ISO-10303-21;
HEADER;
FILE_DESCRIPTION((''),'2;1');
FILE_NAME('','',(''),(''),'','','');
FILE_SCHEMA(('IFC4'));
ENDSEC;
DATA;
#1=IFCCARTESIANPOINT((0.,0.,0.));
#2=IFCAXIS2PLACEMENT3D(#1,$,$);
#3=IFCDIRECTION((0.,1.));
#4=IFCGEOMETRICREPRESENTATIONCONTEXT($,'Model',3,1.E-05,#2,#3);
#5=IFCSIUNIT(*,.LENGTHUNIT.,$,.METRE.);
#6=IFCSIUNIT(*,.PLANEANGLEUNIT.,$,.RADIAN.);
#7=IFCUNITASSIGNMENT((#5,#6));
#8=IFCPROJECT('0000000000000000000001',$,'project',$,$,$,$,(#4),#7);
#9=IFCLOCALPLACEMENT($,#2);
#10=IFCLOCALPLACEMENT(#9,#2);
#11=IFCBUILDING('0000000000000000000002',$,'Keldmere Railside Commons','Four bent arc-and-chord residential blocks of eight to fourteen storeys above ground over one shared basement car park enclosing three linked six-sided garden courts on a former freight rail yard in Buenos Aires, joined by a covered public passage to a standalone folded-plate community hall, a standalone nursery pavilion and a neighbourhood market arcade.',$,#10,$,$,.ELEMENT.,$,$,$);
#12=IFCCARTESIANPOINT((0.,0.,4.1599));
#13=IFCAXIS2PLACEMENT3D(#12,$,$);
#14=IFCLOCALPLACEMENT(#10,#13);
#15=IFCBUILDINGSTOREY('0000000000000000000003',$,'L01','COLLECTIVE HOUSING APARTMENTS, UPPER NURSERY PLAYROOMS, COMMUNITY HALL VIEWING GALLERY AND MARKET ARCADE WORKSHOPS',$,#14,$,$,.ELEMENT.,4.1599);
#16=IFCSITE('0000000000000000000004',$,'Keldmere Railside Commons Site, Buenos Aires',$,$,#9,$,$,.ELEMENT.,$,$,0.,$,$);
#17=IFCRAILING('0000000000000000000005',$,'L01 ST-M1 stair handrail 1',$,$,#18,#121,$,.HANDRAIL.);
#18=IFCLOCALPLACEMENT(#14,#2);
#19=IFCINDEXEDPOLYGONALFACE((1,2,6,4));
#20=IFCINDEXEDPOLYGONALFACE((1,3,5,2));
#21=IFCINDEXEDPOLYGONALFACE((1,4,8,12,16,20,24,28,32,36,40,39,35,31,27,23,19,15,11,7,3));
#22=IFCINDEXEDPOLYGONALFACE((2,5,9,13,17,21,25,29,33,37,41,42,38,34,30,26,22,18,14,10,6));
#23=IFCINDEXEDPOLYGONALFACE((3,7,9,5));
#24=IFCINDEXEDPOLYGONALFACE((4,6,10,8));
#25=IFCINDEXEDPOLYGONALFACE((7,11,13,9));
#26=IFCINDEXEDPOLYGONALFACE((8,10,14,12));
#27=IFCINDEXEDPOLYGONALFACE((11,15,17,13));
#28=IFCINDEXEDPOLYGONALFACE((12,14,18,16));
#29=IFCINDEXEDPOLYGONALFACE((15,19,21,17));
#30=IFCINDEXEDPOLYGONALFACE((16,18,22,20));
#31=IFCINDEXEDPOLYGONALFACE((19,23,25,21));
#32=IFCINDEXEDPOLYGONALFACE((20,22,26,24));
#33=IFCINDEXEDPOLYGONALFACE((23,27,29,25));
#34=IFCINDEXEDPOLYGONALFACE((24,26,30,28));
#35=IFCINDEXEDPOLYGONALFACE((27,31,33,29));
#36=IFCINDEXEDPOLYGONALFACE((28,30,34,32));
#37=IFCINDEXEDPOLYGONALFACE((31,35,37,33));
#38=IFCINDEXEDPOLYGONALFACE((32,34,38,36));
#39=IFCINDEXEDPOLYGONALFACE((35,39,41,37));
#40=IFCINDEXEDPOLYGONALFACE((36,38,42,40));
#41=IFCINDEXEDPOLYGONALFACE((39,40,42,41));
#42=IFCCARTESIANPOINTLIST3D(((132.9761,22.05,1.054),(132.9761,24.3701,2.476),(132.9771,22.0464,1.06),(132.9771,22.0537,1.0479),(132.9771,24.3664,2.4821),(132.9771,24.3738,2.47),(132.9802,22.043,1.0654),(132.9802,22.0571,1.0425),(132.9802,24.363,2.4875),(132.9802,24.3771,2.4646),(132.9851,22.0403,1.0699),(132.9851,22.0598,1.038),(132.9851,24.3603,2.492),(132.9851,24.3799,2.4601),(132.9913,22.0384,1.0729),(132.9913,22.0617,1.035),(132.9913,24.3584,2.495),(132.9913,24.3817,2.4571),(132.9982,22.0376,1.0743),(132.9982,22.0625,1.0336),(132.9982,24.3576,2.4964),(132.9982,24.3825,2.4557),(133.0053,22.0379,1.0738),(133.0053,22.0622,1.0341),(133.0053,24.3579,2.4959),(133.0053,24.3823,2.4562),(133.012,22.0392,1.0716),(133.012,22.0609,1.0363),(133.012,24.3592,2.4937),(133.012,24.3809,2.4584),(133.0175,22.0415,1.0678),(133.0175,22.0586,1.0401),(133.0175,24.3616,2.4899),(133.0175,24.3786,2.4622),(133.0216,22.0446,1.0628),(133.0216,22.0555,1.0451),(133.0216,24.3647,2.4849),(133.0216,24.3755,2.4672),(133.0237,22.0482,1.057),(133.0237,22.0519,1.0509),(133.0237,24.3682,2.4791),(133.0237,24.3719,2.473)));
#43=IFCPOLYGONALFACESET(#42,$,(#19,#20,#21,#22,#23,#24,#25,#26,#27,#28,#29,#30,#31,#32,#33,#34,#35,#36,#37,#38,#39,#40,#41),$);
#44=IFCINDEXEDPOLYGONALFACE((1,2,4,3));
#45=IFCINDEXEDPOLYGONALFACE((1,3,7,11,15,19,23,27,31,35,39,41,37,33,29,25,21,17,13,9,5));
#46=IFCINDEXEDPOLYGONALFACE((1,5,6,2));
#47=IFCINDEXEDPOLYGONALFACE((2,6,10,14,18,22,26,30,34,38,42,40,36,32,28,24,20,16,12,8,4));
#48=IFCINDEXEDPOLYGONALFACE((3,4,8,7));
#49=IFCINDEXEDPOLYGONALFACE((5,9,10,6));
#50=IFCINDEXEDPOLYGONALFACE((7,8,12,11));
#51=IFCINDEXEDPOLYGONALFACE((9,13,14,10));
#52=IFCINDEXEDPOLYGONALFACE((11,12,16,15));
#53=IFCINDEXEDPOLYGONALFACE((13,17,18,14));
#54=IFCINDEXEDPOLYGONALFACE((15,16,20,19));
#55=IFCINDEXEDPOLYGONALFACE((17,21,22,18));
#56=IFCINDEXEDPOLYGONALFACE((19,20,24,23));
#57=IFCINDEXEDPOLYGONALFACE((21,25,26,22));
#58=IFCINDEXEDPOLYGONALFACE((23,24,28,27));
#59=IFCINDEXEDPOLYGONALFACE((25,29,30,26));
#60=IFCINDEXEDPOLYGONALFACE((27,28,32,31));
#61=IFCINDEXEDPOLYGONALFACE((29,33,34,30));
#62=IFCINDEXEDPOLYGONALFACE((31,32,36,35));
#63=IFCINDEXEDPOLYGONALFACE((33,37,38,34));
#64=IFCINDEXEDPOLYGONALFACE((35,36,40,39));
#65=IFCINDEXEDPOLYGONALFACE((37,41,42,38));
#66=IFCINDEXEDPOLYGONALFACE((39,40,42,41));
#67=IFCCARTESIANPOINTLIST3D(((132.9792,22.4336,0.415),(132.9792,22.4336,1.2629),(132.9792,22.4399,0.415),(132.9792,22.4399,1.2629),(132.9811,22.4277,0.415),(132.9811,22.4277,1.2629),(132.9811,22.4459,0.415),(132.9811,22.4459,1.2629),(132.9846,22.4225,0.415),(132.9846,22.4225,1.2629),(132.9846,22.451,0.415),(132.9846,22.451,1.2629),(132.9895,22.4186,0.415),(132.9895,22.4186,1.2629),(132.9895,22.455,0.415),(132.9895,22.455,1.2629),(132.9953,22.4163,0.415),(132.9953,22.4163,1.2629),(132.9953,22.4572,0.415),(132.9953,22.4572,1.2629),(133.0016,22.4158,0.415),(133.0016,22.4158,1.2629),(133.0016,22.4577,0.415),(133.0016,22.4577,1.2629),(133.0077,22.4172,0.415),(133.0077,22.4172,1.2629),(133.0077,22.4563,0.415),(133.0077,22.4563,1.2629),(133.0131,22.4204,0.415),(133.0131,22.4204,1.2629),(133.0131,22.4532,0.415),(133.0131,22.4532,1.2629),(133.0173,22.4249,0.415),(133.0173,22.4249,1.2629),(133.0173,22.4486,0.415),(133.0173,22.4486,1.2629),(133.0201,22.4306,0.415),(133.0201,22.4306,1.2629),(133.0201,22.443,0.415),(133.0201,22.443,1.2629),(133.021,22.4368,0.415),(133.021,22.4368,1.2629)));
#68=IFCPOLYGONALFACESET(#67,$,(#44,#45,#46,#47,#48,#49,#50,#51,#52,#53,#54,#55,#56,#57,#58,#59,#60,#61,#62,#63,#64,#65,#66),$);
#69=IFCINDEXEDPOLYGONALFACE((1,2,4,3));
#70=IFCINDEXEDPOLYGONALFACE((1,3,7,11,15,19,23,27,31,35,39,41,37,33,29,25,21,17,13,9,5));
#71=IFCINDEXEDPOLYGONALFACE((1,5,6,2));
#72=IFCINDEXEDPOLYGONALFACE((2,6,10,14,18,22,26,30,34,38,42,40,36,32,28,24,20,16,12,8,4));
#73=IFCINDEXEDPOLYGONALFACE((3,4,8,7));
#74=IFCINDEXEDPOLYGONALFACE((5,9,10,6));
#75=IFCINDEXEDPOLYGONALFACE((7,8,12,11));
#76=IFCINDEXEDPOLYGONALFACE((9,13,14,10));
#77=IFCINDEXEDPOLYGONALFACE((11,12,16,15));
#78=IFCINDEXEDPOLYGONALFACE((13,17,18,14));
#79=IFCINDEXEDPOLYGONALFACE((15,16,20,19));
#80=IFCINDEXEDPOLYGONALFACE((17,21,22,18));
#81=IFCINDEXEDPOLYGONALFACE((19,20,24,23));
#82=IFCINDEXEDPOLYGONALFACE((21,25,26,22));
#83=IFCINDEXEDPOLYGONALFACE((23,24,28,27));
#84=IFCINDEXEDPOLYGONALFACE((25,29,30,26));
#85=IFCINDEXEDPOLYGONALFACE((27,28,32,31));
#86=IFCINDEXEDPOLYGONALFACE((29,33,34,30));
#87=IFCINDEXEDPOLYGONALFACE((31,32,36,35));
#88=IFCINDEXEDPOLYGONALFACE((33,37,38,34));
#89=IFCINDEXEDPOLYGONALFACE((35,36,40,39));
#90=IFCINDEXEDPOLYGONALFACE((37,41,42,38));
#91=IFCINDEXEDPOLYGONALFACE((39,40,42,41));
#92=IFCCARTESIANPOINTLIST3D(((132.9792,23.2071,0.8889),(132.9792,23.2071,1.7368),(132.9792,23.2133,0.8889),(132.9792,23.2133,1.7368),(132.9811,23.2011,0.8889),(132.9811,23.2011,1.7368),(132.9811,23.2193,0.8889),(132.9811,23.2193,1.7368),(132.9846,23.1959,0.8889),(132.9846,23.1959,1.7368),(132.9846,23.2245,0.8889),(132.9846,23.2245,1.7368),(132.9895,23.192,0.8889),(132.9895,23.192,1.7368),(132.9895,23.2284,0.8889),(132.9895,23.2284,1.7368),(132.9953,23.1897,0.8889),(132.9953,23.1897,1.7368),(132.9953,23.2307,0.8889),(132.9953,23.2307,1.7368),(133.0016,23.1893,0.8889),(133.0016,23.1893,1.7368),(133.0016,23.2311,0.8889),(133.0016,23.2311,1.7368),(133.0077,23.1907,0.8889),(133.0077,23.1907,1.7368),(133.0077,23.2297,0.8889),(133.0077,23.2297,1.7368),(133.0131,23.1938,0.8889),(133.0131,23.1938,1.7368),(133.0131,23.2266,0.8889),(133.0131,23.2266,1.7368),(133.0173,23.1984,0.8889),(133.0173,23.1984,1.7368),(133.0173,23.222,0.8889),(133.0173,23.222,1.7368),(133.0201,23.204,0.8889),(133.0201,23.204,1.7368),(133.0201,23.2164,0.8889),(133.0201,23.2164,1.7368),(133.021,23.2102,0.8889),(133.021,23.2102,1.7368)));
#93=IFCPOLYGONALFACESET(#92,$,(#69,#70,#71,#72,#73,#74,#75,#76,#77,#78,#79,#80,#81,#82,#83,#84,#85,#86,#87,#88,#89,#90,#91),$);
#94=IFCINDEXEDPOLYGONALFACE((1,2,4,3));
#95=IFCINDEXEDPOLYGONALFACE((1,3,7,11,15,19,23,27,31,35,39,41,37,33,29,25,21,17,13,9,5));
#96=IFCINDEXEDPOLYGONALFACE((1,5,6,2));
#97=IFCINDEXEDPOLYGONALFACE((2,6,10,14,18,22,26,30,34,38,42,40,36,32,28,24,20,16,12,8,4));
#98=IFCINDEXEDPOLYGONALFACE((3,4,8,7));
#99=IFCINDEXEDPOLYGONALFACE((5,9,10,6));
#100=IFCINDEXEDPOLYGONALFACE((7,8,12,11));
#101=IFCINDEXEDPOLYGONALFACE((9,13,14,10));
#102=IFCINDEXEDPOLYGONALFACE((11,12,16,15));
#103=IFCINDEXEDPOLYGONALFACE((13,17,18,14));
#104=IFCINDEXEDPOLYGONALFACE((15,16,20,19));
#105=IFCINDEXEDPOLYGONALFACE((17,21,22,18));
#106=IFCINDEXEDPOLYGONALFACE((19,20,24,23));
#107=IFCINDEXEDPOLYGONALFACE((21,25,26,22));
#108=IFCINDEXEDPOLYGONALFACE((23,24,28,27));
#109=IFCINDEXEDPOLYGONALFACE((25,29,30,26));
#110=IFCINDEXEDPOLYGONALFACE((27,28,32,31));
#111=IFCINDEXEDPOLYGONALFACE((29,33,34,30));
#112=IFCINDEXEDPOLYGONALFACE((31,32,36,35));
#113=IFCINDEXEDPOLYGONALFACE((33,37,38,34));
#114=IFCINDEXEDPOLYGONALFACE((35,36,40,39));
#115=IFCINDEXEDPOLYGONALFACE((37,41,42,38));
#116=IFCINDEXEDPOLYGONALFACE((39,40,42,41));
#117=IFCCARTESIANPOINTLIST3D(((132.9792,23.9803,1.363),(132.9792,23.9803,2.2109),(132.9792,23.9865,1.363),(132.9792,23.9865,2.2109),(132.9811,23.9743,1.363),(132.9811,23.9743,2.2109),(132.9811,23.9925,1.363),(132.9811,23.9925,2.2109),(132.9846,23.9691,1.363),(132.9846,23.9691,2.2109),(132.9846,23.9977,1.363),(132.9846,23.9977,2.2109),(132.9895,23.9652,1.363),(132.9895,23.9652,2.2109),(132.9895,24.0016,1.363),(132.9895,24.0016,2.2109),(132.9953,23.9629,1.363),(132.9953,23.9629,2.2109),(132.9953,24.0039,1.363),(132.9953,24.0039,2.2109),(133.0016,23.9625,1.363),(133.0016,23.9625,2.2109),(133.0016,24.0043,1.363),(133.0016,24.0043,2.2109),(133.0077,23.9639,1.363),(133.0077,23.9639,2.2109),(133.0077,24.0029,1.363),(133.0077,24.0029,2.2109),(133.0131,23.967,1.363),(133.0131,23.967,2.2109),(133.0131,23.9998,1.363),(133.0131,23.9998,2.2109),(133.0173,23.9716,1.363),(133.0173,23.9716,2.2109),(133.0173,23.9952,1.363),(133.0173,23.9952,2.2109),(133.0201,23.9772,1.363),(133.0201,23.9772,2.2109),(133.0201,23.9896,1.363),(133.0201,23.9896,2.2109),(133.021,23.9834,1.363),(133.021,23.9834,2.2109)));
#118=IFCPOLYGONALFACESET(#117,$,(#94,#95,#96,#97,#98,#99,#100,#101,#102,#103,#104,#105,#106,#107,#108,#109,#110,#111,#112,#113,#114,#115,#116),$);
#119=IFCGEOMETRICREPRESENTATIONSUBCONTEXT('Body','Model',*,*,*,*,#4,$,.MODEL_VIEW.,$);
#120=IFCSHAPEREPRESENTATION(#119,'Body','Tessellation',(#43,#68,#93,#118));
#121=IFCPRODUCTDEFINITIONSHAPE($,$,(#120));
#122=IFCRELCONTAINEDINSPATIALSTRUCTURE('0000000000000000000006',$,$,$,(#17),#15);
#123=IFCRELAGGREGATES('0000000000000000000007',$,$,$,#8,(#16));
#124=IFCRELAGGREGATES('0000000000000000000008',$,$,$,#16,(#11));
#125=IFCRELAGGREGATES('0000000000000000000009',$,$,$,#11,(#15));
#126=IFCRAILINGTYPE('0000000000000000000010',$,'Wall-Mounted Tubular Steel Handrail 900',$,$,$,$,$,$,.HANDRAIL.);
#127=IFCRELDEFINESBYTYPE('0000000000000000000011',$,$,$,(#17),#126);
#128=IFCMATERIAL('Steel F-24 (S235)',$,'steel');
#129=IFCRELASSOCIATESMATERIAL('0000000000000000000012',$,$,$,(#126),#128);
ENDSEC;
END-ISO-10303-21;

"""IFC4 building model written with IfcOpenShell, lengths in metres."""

from ifc_helpers import new_model, si_unit, direction, frame, origin, origin_2d, place, context, subcontext, project, spatial, circle, extrude, material, type_object, element, save


model = new_model("IFC4")

# Units and contexts
model_context = context("Model", 3, precision=1e-05, world=origin(), true_north=direction((0.0, 1.0)))
body_context = subcontext(model_context, "Body", "Model", "MODEL_VIEW")
ifc_project = project(units=[si_unit("LENGTHUNIT", "METRE"), si_unit("PLANEANGLEUNIT", "RADIAN")], contexts=[model_context])

# Site, building, storey
site_placement = place(None, origin())
site = spatial("IfcSite", under=ifc_project, at=site_placement, Name="Keldmere Railside Commons Site, Buenos Aires", CompositionType="ELEMENT", RefElevation=0.0)
building_placement = place(site_placement, origin())
building = spatial("IfcBuilding", under=site, at=building_placement, Name="Keldmere Railside Commons", Description="Four bent arc-and-chord residential blocks of eight to fourteen storeys above ground over one shared basement car park enclosing three linked six-sided garden courts on a former freight rail yard in Buenos Aires, joined by a covered public passage to a standalone folded-plate community hall, a standalone nursery pavilion and a neighbourhood market arcade.", CompositionType="ELEMENT")
storey_placement = place(building_placement, frame((0.0, 0.0, 4.1599)))
storey = spatial("IfcBuildingStorey", under=building, at=storey_placement, Name="L01", Description="COLLECTIVE HOUSING APARTMENTS, UPPER NURSERY PLAYROOMS, COMMUNITY HALL VIEWING GALLERY AND MARKET ARCADE WORKSHOPS", CompositionType="ELEMENT", Elevation=4.1599)

# Shared definitions
ifc_material_1 = material(Name="Steel F-24 (S235)", Category="steel")

# Railing
railing_type_1 = type_object("IfcRailingType", Name="Wall-Mounted Tubular Steel Handrail 900", PredefinedType="HANDRAIL", material=ifc_material_1)
railing_1_placement = place(storey_placement, frame((133.0, 22.05, 0.178)))
element("IfcRailing", 1, at=railing_1_placement, inside=storey, type_object=railing_type_1, Name="L01 ST-M1 stair handrail 1", PredefinedType="HANDRAIL", context=body_context, shape_type="SweptSolid", body=[
    extrude(circle(Radius=0.0239, at=origin_2d()), frame((0.0, 0.0, 0.876), z_axis=(0.0, 0.852578, 0.5226), x_axis=(-1.0, 0.0, 0.0)), (0.0, 0.0, 1.0), 2.7212),
    extrude(circle(Radius=0.021, at=origin_2d()), frame((0.0, 0.3867, 0.2371)), (0.0, 0.0, 1.0), 0.8479),
    extrude(circle(Radius=0.021, at=origin_2d()), frame((0.0, 1.1602, 0.7109)), (0.0, 0.0, 1.0), 0.8479),
    extrude(circle(Radius=0.021, at=origin_2d()), frame((0.0, 1.9333, 1.1851)), (0.0, 0.0, 1.0), 0.8479),
])

save(model, "model.ifc")
